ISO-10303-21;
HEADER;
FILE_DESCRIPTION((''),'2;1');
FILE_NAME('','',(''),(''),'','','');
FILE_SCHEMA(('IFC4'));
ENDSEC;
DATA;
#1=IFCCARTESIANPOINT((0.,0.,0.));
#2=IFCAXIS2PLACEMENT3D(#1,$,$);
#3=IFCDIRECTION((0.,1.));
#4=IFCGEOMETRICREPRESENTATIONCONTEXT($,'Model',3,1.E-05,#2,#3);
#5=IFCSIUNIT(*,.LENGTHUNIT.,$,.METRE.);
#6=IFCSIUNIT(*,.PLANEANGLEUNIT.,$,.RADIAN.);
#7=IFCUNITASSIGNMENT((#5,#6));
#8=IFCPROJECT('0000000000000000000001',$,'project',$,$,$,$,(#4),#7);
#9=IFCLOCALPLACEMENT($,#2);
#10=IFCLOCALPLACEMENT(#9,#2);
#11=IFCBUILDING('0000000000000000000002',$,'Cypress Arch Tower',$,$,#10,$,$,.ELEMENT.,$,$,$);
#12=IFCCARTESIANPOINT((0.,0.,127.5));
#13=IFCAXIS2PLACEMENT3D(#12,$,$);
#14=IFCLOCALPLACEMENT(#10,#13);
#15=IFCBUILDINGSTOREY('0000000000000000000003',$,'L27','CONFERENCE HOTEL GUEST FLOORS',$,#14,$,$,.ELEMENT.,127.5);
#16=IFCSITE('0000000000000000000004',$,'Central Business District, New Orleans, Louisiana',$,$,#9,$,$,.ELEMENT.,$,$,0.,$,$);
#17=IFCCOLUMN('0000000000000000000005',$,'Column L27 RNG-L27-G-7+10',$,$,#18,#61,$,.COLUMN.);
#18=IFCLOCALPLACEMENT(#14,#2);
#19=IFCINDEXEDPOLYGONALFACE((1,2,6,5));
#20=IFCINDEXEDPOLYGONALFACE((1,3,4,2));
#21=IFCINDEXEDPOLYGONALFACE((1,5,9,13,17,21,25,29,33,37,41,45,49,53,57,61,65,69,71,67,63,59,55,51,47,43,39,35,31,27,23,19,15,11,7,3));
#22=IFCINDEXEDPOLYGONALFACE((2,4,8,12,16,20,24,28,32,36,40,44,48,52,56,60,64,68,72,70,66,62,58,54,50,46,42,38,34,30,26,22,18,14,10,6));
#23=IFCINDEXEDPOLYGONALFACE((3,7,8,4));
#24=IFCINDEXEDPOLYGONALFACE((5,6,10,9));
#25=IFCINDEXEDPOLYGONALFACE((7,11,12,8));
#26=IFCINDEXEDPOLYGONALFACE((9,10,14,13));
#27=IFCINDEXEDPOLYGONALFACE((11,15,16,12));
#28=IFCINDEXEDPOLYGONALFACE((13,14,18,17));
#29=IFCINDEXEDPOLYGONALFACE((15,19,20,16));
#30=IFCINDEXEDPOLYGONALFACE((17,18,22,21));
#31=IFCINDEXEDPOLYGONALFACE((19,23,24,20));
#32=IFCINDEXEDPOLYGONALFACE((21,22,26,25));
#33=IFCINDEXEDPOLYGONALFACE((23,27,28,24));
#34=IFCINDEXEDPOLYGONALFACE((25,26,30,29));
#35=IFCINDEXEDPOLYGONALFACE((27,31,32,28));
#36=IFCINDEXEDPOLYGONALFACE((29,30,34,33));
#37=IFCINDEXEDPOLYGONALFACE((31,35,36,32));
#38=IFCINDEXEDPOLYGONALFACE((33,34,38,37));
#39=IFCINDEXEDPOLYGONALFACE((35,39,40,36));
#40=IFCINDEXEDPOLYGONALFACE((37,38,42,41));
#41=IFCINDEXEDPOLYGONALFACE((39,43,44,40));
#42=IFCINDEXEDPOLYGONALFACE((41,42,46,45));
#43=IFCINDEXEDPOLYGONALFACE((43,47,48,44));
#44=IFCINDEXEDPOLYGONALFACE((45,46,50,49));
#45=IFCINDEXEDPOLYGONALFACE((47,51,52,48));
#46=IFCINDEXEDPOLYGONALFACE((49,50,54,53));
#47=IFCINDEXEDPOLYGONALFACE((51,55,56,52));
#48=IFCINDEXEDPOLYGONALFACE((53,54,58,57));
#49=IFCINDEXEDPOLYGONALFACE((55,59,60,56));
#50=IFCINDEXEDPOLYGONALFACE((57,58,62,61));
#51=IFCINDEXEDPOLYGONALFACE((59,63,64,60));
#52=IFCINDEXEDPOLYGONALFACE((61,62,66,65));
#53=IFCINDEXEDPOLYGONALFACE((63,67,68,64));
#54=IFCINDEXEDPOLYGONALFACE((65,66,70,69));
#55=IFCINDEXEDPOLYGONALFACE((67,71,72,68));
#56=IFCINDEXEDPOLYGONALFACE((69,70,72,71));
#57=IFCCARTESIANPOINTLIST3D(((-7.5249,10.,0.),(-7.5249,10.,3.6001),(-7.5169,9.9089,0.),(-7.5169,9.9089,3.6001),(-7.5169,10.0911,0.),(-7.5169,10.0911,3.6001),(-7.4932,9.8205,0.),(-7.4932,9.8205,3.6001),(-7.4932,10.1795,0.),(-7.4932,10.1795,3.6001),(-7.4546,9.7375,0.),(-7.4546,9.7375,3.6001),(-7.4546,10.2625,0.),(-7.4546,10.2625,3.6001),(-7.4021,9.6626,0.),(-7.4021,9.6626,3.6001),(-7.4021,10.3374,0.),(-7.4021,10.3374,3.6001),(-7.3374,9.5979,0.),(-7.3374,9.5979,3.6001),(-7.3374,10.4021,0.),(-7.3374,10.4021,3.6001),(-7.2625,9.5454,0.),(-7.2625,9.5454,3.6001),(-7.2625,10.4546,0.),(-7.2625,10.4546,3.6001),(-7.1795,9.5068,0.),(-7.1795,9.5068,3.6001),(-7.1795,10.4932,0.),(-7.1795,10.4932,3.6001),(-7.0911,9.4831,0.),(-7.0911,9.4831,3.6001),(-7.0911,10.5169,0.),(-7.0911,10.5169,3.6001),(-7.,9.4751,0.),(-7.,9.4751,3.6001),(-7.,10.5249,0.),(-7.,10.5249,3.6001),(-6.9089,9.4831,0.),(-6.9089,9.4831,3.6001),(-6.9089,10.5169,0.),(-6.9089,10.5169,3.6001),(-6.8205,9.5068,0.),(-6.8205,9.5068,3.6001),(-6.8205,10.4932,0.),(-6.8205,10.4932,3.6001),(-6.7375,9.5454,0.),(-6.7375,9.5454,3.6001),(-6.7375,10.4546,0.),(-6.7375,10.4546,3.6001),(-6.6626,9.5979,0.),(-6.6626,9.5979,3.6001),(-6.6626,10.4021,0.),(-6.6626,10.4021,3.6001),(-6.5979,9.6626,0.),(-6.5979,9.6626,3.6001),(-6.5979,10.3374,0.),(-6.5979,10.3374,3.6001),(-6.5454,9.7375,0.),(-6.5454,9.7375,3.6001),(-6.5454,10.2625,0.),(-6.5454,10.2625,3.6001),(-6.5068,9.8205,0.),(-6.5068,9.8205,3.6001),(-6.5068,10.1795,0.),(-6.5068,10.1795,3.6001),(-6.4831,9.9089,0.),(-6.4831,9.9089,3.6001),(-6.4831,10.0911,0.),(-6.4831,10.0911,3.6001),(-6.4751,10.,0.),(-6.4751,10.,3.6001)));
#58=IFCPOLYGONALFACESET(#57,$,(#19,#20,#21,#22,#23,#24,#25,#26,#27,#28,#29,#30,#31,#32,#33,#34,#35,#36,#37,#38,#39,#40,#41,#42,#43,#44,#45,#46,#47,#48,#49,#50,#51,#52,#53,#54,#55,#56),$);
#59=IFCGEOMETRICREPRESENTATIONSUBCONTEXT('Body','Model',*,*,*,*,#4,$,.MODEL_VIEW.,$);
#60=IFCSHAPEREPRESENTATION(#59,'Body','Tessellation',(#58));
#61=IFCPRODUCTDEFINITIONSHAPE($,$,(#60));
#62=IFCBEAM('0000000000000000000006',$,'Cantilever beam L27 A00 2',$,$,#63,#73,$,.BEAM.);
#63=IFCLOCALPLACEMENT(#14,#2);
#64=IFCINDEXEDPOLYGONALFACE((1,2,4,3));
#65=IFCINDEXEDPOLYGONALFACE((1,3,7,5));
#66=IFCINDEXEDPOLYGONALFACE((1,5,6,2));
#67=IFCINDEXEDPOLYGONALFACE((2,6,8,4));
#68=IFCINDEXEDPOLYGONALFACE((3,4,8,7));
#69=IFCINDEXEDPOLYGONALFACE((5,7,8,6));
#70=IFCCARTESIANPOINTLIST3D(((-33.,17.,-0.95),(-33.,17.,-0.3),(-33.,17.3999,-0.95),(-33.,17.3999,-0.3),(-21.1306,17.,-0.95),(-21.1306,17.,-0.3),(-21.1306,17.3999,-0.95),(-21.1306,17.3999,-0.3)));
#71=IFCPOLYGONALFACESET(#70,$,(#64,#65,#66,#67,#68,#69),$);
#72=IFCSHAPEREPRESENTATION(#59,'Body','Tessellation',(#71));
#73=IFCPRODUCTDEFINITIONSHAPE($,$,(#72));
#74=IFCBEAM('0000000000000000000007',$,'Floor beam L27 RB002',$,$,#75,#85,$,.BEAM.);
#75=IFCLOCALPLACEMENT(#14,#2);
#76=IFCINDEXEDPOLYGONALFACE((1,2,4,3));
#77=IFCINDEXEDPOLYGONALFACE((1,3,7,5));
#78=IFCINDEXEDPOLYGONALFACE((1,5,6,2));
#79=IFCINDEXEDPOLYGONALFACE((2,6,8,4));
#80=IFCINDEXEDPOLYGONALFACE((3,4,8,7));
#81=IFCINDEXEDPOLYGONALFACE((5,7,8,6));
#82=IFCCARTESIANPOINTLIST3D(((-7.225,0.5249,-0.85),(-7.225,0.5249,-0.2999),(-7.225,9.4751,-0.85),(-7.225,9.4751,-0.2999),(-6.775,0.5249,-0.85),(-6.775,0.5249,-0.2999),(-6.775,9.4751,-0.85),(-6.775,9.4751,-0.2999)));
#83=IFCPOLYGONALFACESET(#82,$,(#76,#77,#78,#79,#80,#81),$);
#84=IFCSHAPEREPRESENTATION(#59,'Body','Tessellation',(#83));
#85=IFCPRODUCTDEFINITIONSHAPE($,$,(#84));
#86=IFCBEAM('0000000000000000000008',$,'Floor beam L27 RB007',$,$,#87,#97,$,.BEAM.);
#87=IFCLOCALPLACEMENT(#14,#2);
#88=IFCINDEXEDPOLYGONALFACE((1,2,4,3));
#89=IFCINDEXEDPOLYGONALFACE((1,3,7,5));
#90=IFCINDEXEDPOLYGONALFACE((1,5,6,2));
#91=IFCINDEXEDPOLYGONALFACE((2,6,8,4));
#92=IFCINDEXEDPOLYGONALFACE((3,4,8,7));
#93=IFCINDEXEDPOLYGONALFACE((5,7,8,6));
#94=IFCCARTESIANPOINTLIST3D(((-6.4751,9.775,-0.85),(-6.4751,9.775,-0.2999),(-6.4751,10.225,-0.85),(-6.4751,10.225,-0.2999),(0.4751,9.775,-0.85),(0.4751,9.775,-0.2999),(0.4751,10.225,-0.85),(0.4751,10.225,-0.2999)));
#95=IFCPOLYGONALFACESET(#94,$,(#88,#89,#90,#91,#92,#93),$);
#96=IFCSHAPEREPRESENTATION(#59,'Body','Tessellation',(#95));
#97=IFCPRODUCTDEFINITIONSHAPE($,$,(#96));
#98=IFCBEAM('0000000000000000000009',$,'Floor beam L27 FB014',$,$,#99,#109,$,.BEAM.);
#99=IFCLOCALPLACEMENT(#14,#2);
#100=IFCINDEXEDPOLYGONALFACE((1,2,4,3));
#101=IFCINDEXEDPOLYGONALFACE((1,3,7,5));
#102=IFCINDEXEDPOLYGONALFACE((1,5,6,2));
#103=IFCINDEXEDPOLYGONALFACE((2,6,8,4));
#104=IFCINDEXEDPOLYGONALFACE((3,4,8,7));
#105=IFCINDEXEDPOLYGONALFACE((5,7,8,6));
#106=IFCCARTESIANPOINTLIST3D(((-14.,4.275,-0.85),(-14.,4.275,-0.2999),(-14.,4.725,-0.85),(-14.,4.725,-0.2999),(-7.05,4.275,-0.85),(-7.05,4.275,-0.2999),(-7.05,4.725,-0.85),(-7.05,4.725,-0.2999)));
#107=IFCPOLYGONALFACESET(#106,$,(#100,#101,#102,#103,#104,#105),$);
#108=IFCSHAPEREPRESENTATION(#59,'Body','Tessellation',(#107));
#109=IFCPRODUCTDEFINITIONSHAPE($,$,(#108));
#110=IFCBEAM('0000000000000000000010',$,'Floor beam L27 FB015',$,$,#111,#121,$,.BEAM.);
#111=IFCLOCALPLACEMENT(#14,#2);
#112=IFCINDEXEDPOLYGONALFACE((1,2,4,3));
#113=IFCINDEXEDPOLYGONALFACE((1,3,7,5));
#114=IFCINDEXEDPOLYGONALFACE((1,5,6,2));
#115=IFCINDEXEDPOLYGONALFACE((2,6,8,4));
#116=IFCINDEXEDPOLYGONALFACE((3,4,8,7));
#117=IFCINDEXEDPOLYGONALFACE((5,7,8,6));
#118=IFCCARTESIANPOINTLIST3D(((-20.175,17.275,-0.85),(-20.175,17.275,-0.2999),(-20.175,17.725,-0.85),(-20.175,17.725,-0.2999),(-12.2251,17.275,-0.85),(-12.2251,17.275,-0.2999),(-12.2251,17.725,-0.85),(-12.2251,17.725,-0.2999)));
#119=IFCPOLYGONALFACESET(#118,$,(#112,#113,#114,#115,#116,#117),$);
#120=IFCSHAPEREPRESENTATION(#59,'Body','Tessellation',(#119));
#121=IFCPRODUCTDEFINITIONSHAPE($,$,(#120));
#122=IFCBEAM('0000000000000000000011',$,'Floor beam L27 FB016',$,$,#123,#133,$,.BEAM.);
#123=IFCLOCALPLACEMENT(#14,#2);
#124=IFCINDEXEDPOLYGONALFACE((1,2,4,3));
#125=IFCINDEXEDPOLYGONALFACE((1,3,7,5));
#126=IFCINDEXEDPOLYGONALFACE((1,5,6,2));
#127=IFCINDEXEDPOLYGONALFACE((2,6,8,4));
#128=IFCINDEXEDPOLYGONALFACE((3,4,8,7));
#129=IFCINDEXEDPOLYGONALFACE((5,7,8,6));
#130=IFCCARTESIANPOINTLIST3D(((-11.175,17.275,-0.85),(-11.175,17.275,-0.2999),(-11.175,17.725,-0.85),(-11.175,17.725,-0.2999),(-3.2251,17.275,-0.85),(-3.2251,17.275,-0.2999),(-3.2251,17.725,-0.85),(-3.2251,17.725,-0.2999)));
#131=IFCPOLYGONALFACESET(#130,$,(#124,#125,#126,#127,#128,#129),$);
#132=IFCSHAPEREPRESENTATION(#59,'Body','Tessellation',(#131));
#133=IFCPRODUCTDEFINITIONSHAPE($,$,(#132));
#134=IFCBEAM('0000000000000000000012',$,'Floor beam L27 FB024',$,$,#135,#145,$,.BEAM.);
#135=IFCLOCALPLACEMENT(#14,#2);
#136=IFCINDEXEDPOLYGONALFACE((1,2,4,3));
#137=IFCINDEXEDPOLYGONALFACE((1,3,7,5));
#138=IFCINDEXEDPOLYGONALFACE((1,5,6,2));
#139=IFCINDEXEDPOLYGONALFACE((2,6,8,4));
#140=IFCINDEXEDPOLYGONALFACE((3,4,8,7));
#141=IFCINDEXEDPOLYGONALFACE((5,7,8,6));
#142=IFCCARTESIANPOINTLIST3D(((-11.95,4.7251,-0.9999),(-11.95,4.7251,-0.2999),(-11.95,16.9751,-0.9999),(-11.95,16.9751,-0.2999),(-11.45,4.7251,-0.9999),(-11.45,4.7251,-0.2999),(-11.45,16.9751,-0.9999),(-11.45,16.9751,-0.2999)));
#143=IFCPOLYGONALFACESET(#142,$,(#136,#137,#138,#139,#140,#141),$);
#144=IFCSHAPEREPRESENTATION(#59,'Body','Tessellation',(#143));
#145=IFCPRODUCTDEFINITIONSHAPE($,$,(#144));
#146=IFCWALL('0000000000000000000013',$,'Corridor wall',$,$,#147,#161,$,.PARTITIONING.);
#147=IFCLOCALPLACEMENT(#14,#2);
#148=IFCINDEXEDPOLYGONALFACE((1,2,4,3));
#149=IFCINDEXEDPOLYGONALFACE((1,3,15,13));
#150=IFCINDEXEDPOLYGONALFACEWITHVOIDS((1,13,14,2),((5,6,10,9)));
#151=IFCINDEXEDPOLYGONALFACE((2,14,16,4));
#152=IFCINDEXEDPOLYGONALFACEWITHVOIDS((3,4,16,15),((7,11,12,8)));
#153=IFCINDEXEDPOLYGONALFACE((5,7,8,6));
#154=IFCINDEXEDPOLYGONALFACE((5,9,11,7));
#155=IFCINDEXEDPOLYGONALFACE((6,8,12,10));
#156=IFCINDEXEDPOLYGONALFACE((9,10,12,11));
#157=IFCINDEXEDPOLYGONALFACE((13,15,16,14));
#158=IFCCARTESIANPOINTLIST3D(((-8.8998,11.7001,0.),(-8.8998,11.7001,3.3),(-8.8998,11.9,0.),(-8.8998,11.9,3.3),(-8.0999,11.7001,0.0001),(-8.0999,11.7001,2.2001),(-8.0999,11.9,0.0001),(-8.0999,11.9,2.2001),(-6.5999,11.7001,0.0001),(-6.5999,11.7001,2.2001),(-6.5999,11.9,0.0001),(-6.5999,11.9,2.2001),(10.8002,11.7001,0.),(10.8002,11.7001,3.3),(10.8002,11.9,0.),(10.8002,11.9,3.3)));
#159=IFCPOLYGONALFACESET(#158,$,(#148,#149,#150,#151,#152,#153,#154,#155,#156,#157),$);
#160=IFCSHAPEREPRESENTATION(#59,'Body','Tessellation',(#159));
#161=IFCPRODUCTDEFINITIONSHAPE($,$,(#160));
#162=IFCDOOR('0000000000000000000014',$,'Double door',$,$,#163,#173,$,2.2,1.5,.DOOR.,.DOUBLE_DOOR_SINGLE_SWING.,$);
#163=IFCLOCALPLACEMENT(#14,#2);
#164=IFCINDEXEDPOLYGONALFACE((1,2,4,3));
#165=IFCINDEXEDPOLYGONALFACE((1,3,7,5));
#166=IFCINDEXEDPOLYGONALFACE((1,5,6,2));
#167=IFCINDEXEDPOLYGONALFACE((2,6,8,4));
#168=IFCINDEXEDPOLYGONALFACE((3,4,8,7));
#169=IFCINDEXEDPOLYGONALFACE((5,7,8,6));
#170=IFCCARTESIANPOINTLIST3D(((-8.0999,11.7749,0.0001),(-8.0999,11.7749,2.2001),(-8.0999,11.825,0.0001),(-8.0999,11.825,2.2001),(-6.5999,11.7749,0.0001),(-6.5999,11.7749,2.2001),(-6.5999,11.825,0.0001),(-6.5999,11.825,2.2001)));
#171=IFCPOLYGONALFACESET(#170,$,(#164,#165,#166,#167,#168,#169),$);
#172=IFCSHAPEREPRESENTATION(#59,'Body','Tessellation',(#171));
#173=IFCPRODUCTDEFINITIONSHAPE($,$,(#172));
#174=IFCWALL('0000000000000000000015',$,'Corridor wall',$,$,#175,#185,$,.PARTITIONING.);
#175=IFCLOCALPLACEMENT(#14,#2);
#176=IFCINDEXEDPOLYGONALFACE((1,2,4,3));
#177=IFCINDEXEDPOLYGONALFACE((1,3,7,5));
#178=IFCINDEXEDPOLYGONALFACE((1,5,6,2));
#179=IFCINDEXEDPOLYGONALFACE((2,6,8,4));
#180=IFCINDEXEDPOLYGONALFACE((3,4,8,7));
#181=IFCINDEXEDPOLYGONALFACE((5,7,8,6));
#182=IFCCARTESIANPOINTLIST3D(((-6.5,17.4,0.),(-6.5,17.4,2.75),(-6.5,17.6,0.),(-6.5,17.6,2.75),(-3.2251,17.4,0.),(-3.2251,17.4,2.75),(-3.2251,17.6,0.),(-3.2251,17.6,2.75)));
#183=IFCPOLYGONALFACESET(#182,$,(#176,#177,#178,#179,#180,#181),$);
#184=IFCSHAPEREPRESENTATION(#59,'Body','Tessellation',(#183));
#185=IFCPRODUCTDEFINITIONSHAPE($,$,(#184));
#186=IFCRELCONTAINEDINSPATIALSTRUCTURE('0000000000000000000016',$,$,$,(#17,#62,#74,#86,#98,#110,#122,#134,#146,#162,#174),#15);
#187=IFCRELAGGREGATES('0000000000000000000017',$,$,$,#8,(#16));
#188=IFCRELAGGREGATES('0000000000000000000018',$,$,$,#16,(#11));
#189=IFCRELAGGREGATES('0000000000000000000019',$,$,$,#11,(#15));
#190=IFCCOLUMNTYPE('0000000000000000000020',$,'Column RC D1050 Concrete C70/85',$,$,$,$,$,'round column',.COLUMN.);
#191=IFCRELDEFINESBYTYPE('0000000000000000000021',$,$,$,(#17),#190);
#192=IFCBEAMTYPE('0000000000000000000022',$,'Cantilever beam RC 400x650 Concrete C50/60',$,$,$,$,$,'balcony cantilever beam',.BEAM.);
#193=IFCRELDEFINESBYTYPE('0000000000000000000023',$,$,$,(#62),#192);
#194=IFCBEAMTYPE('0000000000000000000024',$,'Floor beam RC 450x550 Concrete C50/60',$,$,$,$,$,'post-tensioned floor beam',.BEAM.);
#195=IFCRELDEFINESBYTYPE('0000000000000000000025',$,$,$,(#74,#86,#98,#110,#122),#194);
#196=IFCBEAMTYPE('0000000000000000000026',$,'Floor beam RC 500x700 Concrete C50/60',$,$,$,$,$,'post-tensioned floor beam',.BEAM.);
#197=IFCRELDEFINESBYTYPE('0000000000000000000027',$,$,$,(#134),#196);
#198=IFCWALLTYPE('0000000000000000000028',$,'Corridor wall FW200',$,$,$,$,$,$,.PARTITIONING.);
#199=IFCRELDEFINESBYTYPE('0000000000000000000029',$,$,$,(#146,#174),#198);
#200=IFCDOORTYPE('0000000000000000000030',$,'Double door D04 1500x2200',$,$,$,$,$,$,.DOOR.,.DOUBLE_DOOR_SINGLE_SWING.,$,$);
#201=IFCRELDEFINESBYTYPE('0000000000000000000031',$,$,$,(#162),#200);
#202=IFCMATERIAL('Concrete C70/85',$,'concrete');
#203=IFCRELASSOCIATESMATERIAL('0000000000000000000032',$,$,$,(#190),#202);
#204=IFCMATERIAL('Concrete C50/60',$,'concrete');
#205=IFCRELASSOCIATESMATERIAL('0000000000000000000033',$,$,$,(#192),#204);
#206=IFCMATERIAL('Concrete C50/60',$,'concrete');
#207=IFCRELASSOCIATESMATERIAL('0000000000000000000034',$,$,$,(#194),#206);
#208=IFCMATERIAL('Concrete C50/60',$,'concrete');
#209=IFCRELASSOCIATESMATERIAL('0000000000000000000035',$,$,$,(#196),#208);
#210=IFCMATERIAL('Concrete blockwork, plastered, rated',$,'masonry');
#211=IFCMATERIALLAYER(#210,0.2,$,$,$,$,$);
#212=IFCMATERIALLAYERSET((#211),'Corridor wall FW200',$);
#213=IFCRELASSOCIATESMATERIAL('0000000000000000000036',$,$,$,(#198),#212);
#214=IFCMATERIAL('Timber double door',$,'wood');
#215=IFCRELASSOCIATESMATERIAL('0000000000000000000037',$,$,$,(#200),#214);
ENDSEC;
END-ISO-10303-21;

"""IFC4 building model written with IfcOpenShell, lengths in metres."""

from ifc_helpers import new_model, si_unit, direction, frame, frame_2d, origin, origin_2d, place, context, subcontext, project, spatial, rectangle, circle, extrude, material, layer, layer_set, material_profile, profile_set, type_object, element, fill, save


model = new_model("IFC4")

# Units and contexts
model_context = context("Model", 3, precision=1e-05, world=origin(), true_north=direction((0.0, 1.0)))
body_context = subcontext(model_context, "Body", "Model", "MODEL_VIEW")
ifc_project = project(units=[si_unit("LENGTHUNIT", "METRE"), si_unit("PLANEANGLEUNIT", "RADIAN")], contexts=[model_context])

# Site, building, storey
site_placement = place(None, origin())
site = spatial("IfcSite", under=ifc_project, at=site_placement, Name="Central Business District, New Orleans, Louisiana", CompositionType="ELEMENT", RefElevation=0.0)
building_placement = place(site_placement, origin())
building = spatial("IfcBuilding", under=site, at=building_placement, Name="Cypress Arch Tower", CompositionType="ELEMENT")
storey_placement = place(building_placement, frame((0.0, 0.0, 127.5)))
storey = spatial("IfcBuildingStorey", under=building, at=storey_placement, Name="L27", Description="CONFERENCE HOTEL GUEST FLOORS", CompositionType="ELEMENT", Elevation=127.5)

# Column
ifc_material_1 = material(Name="Concrete C70/85", Category="concrete")
ifc_material_profile_1 = material_profile(ifc_material_1, circle(Radius=0.5249, at=origin_2d()), Name="RC D1050")
ifc_profile_set_1 = profile_set([ifc_material_profile_1], Name="Concrete C70/85")
column_type = type_object("IfcColumnType", Name="Column RC D1050 Concrete C70/85", ElementType="round column", PredefinedType="COLUMN", material=ifc_profile_set_1)
for number, where, z_axis, x_axis, name in (
    (1, (-7.0, 10.0, 0.0), (0.0, 0.0, 1.0), (1.0, 0.0, 0.0), "Column L27 RNG-L27-G-7+10"),
):
    element("IfcColumn", number, at=place(storey_placement, frame(where, z_axis=z_axis, x_axis=x_axis)), inside=storey, type_object=column_type, Name=name, PredefinedType="COLUMN", context=body_context, shape_type="SweptSolid", body=[
        extrude(circle(Radius=0.5249, at=origin_2d()), origin(), (0.0, 0.0, 1.0), 3.6001),
    ])

# Beams
ifc_material_2 = material(Name="Concrete C50/60", Category="concrete")
ifc_material_profile_2 = material_profile(ifc_material_2, rectangle(XDim=0.3999, YDim=0.6499, at=origin_2d()), Name="RC 400x650")
ifc_profile_set_2 = profile_set([ifc_material_profile_2], Name="Concrete C50/60")
beam_type_1 = type_object("IfcBeamType", Name="Cantilever beam RC 400x650 Concrete C50/60", ElementType="balcony cantilever beam", PredefinedType="BEAM", material=ifc_profile_set_2)
beam_1_placement = place(storey_placement, frame((-21.1306, 17.2, -0.625), z_axis=(-1.0, 0.0, 0.0), x_axis=(0.0, -1.0, 0.0)))
element("IfcBeam", 2, at=beam_1_placement, inside=storey, type_object=beam_type_1, Name="Cantilever beam L27 A00 2", PredefinedType="BEAM", context=body_context, shape_type="SweptSolid", body=[
    extrude(rectangle(XDim=0.3999, YDim=0.6499, at=origin_2d()), origin(), (0.0, 0.0, 1.0), 11.8694),
])
ifc_material_3 = material(Name="Concrete C50/60", Category="concrete")
ifc_material_profile_3 = material_profile(ifc_material_3, rectangle(XDim=0.45, YDim=0.55, at=origin_2d()), Name="RC 450x550")
ifc_profile_set_3 = profile_set([ifc_material_profile_3], Name="Concrete C50/60")
beam_type_2 = type_object("IfcBeamType", Name="Floor beam RC 450x550 Concrete C50/60", ElementType="post-tensioned floor beam", PredefinedType="BEAM", material=ifc_profile_set_3)
beam_2_placement = place(storey_placement, frame((-7.0, 0.5249, -0.575), z_axis=(0.0, 1.0, 0.0), x_axis=(-1.0, 0.0, 0.0)))
element("IfcBeam", 3, at=beam_2_placement, inside=storey, type_object=beam_type_2, Name="Floor beam L27 RB002", PredefinedType="BEAM", context=body_context, shape_type="SweptSolid", body=[
    extrude(rectangle(XDim=0.45, YDim=0.55, at=origin_2d()), origin(), (0.0, 0.0, 1.0), 8.9502),
])
beam_3_placement = place(storey_placement, frame((-6.4751, 10.0, -0.575), z_axis=(1.0, 0.0, 0.0), x_axis=(0.0, 1.0, 0.0)))
element("IfcBeam", 4, at=beam_3_placement, inside=storey, type_object=beam_type_2, Name="Floor beam L27 RB007", PredefinedType="BEAM", context=body_context, shape_type="SweptSolid", body=[
    extrude(rectangle(XDim=0.45, YDim=0.55, at=origin_2d()), origin(), (0.0, 0.0, 1.0), 6.9502),
])
beam_4_placement = place(storey_placement, frame((-14.0, 4.5, -0.575), z_axis=(1.0, 0.0, 0.0), x_axis=(0.0, 1.0, 0.0)))
element("IfcBeam", 5, at=beam_4_placement, inside=storey, type_object=beam_type_2, Name="Floor beam L27 FB014", PredefinedType="BEAM", context=body_context, shape_type="SweptSolid", body=[
    extrude(rectangle(XDim=0.45, YDim=0.55, at=origin_2d()), origin(), (0.0, 0.0, 1.0), 6.95),
])
for number, where, z_axis, x_axis, name in (
    (6, (-20.175, 17.5, -0.575), (1.0, 0.0, 0.0), (0.0, 1.0, 0.0), "Floor beam L27 FB015"),
    (7, (-11.175, 17.5, -0.575), (1.0, 0.0, 0.0), (0.0, 1.0, 0.0), "Floor beam L27 FB016"),
):
    element("IfcBeam", number, at=place(storey_placement, frame(where, z_axis=z_axis, x_axis=x_axis)), inside=storey, type_object=beam_type_2, Name=name, PredefinedType="BEAM", context=body_context, shape_type="SweptSolid", body=[
        extrude(rectangle(XDim=0.45, YDim=0.55, at=origin_2d()), origin(), (0.0, 0.0, 1.0), 7.95),
    ])
ifc_material_4 = material(Name="Concrete C50/60", Category="concrete")
ifc_material_profile_4 = material_profile(ifc_material_4, rectangle(XDim=0.5, YDim=0.7, at=origin_2d()), Name="RC 500x700")
ifc_profile_set_4 = profile_set([ifc_material_profile_4], Name="Concrete C50/60")
beam_type_3 = type_object("IfcBeamType", Name="Floor beam RC 500x700 Concrete C50/60", ElementType="post-tensioned floor beam", PredefinedType="BEAM", material=ifc_profile_set_4)
beam_5_placement = place(storey_placement, frame((-11.7, 4.7251, -0.6499), z_axis=(0.0, 1.0, 0.0), x_axis=(-1.0, 0.0, 0.0)))
element("IfcBeam", 8, at=beam_5_placement, inside=storey, type_object=beam_type_3, Name="Floor beam L27 FB024", PredefinedType="BEAM", context=body_context, shape_type="SweptSolid", body=[
    extrude(rectangle(XDim=0.5, YDim=0.7, at=origin_2d()), origin(), (0.0, 0.0, 1.0), 12.25),
])

# Shared definitions
ifc_material_5 = material(Name="Concrete blockwork, plastered, rated", Category="masonry")
ifc_layer_1 = layer(ifc_material_5, 0.2)
ifc_layer_set_1 = layer_set([ifc_layer_1], Name="Corridor wall FW200")
wall_type_1 = type_object("IfcWallType", Name="Corridor wall FW200", PredefinedType="PARTITIONING", material=ifc_layer_set_1)

# Wall, opening, door
wall_1_placement = place(storey_placement, frame((-8.8999, 11.8, 0.0), z_axis=(0.0, 0.0, 1.0), x_axis=(1.0, 0.0, 0.0)))
wall_1 = element("IfcWall", 9, at=wall_1_placement, inside=storey, type_object=wall_type_1, Name="Corridor wall", PredefinedType="PARTITIONING", context=body_context, shape_type="SweptSolid", body=[
    extrude(rectangle(XDim=19.7, YDim=0.2, at=frame_2d((9.8501, 0.0))), origin(), (0.0, 0.0, 1.0), 3.3),
])
opening_1_placement = place(wall_1_placement, frame((0.8, 0.0, 0.0)))
opening_1 = element("IfcOpeningElement", 10, at=opening_1_placement, cuts=wall_1, PredefinedType="OPENING", context=body_context, shape_type="SweptSolid", body=[
    extrude(rectangle(XDim=1.5, YDim=2.2, at=frame_2d((0.75, 1.1001))), frame((0.0, 0.1099, 0.0), z_axis=(0.0, -1.0, 0.0), x_axis=(1.0, 0.0, 0.0)), (0.0, 0.0, 1.0), 0.22),
])
ifc_material_6 = material(Name="Timber double door", Category="wood")
door_type_1 = type_object("IfcDoorType", Name="Double door D04 1500x2200", OperationType="DOUBLE_DOOR_SINGLE_SWING", PredefinedType="DOOR", material=ifc_material_6)
door_1_placement = place(opening_1_placement, origin())
door_1 = element("IfcDoor", 11, at=door_1_placement, inside=storey, type_object=door_type_1, Name="Double door", OperationType="DOUBLE_DOOR_SINGLE_SWING", OverallHeight=2.2, OverallWidth=1.5, PredefinedType="DOOR", context=body_context, shape_type="SweptSolid", body=[
    extrude(rectangle(XDim=1.5, YDim=2.2, at=frame_2d((0.75, 1.1001))), frame((0.0, 0.0249, 0.0), z_axis=(0.0, -1.0, 0.0), x_axis=(1.0, 0.0, 0.0)), (0.0, 0.0, 1.0), 0.05),
])
fill(opening_1, door_1)

# Wall
wall_2_placement = place(storey_placement, frame((-6.5, 17.5, 0.0), z_axis=(0.0, 0.0, 1.0), x_axis=(1.0, 0.0, 0.0)))
element("IfcWall", 12, at=wall_2_placement, inside=storey, type_object=wall_type_1, Name="Corridor wall", PredefinedType="PARTITIONING", context=body_context, shape_type="SweptSolid", body=[
    extrude(rectangle(XDim=3.2749, YDim=0.2, at=frame_2d((1.6375, 0.0))), origin(), (0.0, 0.0, 1.0), 2.75),
])

save(model, "model.ifc")
